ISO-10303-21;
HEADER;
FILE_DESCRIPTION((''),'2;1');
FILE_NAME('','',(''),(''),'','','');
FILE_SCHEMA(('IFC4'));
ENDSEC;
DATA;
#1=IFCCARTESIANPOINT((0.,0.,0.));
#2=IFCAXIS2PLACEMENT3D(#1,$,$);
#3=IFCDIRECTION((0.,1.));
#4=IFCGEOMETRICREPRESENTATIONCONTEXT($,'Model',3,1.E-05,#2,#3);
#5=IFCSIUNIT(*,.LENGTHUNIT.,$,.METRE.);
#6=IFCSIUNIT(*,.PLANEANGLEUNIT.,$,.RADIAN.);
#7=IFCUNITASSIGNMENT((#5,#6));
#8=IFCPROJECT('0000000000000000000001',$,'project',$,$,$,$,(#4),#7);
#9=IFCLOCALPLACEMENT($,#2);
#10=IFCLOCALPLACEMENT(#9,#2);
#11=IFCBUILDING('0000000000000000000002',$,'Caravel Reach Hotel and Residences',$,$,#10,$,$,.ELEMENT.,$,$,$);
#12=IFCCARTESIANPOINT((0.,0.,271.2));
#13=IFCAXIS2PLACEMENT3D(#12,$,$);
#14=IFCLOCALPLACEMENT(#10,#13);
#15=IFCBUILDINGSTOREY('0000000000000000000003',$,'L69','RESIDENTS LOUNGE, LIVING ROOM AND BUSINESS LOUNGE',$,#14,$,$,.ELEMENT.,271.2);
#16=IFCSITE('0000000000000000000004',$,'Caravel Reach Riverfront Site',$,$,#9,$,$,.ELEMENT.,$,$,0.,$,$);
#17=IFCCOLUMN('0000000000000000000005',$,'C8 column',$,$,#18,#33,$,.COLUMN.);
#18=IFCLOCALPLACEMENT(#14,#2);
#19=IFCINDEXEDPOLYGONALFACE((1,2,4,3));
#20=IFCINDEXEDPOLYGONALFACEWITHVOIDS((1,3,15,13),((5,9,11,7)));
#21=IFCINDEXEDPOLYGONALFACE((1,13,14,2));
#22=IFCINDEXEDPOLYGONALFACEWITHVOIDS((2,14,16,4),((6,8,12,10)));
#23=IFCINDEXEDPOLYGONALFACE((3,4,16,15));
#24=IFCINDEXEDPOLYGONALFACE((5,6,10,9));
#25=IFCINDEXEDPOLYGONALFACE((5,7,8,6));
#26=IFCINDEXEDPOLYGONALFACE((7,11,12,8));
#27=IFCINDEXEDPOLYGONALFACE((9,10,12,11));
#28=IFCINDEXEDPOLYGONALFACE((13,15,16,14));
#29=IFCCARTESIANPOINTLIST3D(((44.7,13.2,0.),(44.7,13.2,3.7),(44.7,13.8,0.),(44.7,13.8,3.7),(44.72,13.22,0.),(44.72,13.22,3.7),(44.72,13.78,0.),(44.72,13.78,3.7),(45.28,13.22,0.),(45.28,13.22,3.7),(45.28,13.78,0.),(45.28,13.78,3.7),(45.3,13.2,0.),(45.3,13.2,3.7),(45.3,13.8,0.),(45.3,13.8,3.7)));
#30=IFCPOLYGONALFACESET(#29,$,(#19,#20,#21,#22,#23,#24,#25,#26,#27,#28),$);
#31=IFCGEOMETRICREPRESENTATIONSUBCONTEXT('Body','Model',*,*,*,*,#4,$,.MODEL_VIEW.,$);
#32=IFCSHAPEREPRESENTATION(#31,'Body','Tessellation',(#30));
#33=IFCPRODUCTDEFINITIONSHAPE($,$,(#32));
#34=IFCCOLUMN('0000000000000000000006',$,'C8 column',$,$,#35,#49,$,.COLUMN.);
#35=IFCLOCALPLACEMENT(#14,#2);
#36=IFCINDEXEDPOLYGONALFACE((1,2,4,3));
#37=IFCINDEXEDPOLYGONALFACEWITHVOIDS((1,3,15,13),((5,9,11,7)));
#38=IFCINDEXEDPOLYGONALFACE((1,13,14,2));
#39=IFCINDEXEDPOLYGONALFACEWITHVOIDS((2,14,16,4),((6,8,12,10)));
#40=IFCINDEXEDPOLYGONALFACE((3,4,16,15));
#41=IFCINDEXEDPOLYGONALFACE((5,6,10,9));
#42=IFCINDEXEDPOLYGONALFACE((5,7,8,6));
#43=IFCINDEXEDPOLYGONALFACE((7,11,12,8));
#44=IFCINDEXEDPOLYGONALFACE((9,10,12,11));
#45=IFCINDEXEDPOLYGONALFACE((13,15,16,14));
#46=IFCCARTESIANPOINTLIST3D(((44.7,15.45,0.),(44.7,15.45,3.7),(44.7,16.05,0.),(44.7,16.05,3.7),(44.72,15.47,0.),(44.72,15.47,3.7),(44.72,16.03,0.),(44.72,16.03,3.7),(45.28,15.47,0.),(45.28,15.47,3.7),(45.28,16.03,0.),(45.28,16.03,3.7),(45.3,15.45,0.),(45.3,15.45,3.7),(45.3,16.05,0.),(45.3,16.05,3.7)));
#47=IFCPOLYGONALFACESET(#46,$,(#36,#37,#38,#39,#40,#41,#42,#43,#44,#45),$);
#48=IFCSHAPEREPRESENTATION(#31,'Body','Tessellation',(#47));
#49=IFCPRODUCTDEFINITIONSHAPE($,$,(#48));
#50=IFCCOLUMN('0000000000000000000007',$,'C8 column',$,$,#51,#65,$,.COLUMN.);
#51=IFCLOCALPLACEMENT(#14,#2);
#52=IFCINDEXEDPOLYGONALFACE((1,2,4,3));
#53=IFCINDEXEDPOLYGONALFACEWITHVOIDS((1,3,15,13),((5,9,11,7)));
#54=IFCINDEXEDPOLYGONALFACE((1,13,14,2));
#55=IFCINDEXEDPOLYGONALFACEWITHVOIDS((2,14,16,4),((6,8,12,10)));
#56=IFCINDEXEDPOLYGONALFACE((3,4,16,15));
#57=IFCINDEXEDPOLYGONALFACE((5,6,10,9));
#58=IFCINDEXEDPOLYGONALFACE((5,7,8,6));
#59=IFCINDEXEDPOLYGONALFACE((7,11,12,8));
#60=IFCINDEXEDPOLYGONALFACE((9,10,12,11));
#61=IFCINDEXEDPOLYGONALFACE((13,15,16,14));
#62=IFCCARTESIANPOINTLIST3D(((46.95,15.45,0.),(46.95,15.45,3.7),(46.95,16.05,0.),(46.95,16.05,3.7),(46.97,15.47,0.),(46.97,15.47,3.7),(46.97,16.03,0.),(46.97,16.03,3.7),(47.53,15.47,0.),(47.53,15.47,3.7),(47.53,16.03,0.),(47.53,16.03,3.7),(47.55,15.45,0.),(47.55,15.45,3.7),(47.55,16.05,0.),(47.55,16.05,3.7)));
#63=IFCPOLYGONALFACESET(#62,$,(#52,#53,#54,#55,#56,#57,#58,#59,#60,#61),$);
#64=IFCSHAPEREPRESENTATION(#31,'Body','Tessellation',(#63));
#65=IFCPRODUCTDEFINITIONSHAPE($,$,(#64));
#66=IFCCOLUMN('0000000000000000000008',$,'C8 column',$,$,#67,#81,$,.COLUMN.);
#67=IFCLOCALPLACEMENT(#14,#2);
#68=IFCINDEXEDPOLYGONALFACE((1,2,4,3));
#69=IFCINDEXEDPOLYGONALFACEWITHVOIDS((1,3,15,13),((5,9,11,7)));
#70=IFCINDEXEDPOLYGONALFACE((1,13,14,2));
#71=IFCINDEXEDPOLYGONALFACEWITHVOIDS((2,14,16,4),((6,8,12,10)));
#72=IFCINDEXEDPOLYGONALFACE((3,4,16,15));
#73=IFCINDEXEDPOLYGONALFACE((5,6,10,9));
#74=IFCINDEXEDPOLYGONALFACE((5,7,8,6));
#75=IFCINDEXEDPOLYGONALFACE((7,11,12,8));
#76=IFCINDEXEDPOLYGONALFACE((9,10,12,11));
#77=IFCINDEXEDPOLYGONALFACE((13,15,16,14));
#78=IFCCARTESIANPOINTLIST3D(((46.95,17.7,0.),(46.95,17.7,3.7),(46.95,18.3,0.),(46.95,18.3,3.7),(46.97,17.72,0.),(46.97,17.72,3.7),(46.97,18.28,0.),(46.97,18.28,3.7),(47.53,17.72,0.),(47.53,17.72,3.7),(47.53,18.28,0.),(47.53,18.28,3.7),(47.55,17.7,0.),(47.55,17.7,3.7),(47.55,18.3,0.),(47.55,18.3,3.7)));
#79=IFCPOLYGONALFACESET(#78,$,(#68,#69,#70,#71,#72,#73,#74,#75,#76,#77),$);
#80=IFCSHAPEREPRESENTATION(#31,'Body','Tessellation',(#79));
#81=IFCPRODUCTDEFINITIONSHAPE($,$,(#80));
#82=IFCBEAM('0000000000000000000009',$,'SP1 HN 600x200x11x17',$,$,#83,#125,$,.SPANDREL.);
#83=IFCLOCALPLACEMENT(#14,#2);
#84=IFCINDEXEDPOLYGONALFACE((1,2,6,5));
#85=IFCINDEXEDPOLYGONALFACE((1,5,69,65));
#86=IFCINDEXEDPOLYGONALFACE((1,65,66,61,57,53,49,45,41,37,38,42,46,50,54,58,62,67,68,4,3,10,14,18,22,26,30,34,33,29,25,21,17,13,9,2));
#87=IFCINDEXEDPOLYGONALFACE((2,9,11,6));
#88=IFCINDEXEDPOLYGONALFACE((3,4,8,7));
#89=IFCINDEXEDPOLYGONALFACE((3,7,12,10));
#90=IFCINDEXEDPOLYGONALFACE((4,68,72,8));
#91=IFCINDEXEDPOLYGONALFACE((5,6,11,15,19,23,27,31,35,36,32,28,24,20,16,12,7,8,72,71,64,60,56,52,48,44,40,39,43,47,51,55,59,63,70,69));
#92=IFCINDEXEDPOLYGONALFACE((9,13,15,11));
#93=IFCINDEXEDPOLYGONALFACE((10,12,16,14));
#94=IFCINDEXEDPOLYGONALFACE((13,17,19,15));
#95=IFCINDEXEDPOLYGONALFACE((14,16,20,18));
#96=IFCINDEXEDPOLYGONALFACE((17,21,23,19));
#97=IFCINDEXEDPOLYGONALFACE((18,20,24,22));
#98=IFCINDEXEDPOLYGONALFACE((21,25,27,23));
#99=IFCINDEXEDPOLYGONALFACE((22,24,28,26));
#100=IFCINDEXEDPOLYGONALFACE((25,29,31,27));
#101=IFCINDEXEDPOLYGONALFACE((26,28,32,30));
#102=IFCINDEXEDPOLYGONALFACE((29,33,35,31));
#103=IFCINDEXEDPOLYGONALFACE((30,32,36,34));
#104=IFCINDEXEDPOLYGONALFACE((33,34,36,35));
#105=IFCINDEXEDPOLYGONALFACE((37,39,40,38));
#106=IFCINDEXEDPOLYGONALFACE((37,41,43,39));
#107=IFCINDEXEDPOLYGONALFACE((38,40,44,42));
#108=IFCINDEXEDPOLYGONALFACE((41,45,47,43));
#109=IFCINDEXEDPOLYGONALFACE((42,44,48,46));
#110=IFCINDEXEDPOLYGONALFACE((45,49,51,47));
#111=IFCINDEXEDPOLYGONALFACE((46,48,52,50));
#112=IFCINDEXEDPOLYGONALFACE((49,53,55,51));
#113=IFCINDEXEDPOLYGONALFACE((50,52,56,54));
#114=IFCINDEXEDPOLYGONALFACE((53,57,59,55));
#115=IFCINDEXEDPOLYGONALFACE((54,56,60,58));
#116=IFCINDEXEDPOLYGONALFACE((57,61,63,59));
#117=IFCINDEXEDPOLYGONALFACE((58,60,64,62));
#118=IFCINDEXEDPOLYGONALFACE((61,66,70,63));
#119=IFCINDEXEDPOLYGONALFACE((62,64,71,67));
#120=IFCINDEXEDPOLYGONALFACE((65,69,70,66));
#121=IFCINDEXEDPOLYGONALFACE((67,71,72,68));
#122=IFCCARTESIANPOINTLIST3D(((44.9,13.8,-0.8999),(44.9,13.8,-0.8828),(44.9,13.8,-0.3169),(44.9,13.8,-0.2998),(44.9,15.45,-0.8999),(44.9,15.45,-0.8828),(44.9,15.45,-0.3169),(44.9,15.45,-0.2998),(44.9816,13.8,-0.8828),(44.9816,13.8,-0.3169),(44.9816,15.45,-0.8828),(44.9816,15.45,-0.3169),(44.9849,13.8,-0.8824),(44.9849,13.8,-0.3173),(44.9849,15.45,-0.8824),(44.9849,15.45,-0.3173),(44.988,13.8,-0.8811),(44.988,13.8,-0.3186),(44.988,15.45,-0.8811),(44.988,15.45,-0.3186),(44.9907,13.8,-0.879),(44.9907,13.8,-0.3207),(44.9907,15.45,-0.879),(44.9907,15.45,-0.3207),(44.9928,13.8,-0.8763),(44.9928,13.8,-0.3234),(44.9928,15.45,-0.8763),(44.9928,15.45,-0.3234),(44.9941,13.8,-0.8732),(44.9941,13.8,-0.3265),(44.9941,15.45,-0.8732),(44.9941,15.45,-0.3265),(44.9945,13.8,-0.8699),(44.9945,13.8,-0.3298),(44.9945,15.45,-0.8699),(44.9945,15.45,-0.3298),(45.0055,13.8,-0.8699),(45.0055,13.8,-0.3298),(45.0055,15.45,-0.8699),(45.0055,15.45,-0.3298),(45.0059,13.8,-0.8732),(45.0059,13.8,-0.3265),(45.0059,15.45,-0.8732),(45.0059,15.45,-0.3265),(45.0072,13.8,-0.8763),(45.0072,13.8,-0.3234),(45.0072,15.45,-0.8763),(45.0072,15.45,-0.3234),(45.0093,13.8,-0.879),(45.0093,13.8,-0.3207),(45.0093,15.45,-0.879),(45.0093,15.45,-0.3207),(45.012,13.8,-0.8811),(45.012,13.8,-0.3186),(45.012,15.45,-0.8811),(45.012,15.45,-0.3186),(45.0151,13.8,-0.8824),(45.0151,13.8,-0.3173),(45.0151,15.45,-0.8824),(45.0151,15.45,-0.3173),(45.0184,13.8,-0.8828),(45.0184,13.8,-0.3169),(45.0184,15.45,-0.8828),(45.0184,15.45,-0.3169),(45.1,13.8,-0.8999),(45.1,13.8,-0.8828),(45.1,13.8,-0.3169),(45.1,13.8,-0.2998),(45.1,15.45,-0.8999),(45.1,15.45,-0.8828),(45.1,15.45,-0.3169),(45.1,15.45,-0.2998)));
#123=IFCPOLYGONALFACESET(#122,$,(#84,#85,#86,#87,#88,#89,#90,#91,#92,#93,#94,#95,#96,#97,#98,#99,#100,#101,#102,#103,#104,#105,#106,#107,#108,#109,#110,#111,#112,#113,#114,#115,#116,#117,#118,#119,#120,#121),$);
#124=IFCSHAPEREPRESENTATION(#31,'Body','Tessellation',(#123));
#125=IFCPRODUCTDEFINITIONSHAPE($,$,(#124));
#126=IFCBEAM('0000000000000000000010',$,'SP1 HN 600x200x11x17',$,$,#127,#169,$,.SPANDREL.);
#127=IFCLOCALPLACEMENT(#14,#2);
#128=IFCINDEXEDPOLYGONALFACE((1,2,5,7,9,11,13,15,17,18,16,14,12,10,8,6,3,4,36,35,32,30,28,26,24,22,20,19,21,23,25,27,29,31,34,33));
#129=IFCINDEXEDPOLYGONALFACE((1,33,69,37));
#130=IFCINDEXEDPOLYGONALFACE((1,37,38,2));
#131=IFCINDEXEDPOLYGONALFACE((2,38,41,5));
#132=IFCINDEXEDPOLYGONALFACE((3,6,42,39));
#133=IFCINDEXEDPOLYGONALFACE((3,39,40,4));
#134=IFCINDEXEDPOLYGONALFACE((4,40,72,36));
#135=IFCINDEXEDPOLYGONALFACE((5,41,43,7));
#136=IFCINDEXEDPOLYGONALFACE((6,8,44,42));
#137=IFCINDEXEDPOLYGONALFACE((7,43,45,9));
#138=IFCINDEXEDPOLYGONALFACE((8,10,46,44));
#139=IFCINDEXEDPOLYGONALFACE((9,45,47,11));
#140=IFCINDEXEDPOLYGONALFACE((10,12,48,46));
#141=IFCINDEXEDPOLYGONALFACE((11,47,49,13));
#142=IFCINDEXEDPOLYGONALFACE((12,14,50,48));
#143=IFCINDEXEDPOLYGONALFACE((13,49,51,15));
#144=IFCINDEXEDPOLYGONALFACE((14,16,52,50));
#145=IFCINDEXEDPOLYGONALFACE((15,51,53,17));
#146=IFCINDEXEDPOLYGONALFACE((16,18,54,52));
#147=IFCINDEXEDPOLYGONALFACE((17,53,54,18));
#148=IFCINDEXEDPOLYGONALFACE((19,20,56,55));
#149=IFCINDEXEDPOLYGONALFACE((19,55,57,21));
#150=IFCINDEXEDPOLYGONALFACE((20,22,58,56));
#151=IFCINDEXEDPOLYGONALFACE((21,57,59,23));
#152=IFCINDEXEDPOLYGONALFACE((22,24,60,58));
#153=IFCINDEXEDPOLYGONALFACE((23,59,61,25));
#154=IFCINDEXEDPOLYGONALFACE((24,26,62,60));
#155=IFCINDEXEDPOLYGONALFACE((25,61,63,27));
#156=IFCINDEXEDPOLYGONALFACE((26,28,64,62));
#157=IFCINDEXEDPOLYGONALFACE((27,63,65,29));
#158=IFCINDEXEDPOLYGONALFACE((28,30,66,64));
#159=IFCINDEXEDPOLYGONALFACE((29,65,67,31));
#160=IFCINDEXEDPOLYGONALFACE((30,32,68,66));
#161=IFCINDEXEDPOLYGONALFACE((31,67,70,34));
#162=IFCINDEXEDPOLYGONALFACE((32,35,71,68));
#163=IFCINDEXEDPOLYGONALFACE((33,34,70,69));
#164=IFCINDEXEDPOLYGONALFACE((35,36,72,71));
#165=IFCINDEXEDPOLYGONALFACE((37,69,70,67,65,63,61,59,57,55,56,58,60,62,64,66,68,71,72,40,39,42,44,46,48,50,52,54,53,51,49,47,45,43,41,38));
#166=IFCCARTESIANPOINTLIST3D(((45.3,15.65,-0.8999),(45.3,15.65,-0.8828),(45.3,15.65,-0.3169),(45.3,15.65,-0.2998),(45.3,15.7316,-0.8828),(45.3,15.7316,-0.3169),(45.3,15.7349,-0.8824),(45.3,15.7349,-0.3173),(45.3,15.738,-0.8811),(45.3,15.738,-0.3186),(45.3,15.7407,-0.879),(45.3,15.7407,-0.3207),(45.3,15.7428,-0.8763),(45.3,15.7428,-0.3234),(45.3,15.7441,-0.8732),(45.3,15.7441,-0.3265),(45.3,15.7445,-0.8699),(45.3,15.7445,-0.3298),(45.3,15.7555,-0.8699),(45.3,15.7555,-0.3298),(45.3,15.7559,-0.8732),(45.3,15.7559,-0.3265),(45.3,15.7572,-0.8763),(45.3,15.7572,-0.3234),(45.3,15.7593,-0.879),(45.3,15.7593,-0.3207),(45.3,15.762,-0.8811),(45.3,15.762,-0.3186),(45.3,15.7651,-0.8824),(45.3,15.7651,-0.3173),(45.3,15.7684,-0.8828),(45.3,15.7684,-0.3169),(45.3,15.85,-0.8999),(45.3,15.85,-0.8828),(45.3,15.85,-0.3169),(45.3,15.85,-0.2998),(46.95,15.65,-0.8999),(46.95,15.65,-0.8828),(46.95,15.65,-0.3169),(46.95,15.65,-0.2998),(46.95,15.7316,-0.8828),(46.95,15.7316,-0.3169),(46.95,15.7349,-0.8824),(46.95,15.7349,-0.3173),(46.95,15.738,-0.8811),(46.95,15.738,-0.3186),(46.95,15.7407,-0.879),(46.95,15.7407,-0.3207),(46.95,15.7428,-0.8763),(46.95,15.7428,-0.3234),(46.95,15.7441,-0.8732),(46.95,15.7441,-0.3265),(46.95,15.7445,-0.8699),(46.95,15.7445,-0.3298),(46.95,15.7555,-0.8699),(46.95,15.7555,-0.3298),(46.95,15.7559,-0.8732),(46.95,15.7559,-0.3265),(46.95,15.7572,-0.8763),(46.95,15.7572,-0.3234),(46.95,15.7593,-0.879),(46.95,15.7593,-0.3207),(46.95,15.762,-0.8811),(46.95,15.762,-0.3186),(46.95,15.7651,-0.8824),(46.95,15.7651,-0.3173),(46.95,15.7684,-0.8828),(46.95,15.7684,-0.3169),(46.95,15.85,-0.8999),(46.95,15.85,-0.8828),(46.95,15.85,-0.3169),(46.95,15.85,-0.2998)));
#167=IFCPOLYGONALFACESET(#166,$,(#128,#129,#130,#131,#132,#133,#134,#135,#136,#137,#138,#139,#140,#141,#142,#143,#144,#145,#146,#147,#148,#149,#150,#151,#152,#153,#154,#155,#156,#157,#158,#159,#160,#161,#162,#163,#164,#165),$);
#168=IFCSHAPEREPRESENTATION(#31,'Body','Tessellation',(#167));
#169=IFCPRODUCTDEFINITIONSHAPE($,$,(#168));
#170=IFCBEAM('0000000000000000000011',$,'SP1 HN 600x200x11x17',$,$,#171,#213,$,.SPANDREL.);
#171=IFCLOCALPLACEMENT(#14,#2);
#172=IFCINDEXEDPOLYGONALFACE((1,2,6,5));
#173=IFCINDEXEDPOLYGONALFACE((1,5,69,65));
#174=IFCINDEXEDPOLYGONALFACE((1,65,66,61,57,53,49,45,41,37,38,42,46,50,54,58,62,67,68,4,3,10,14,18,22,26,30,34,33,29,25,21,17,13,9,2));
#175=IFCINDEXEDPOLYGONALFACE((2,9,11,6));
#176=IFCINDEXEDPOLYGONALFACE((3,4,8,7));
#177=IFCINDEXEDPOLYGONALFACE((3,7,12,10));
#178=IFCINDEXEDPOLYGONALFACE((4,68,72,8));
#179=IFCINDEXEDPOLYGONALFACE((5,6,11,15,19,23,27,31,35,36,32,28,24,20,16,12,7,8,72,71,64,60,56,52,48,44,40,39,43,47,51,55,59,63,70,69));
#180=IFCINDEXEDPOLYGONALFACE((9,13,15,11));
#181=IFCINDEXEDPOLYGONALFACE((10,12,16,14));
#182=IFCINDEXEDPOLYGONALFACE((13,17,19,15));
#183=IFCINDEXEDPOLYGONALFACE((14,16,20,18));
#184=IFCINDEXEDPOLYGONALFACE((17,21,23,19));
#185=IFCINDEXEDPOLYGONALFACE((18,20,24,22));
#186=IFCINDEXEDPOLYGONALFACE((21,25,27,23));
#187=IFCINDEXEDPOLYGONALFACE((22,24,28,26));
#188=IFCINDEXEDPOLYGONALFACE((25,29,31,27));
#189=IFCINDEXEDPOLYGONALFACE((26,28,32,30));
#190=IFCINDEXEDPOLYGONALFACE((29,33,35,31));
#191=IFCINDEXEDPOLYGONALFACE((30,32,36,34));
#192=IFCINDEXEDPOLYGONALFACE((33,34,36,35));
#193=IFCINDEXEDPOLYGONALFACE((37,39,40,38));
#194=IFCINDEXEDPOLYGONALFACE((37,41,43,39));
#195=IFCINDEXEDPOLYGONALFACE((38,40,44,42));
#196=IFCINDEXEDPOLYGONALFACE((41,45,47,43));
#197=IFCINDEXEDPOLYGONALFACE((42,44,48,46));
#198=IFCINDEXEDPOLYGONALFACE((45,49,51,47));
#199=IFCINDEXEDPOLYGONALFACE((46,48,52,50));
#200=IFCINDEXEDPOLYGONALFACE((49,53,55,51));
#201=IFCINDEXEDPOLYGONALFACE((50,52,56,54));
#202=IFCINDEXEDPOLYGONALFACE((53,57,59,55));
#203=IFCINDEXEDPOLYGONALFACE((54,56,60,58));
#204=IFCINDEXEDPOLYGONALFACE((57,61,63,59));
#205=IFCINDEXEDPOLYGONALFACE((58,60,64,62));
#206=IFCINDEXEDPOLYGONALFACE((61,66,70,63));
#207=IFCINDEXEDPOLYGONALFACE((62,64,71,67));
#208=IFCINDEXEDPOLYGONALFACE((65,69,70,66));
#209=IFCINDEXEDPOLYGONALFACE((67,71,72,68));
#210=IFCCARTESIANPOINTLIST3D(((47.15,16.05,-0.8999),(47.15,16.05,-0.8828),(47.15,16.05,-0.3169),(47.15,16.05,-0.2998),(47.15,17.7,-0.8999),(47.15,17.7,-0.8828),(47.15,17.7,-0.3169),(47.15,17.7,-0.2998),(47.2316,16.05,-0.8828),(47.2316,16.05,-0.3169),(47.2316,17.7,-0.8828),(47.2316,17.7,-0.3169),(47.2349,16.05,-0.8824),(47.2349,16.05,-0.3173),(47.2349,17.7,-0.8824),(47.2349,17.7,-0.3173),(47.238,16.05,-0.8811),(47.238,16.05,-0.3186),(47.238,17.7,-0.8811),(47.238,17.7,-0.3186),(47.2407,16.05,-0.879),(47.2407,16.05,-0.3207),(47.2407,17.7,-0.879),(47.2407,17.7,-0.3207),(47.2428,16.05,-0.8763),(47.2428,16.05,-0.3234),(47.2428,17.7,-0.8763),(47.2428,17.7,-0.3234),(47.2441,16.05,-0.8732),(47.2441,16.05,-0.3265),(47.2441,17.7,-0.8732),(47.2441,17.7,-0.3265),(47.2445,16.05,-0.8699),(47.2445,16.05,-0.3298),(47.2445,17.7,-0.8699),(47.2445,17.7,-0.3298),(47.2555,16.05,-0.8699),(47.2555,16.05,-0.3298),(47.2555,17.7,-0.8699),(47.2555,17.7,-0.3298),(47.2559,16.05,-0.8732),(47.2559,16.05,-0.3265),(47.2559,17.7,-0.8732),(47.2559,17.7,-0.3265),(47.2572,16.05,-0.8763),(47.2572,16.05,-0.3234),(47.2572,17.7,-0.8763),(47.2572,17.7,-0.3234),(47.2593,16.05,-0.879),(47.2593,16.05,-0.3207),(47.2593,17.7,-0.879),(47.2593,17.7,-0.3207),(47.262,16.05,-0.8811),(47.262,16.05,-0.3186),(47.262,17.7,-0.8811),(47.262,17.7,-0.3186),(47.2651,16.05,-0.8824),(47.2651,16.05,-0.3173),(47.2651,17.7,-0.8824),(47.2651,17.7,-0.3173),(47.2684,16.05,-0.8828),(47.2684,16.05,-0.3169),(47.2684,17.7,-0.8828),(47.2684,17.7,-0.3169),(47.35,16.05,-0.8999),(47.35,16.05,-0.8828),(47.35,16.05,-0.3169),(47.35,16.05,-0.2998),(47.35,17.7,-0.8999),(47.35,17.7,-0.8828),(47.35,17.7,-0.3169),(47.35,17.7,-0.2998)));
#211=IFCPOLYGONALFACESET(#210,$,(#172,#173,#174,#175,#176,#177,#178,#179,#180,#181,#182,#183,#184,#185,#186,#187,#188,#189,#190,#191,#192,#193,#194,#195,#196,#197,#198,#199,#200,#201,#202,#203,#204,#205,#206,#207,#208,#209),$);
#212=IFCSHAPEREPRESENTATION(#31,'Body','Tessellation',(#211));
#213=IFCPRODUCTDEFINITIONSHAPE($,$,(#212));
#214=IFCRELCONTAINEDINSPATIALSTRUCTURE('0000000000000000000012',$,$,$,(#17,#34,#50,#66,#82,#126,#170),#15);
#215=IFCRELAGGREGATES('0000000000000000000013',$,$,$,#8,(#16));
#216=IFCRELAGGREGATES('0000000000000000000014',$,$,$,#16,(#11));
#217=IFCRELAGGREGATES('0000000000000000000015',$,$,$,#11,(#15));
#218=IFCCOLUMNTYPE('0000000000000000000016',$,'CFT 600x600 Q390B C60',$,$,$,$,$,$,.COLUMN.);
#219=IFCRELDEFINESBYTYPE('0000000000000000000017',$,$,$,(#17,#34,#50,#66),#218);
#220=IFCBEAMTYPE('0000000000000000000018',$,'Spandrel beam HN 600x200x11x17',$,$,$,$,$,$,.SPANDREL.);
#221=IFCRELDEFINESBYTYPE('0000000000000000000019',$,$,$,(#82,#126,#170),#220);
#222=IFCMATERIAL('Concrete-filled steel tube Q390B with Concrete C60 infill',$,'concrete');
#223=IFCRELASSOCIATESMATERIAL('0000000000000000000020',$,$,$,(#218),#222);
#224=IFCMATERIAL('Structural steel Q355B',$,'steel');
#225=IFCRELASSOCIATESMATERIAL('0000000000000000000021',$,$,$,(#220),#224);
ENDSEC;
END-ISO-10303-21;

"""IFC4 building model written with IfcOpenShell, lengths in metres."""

from ifc_helpers import new_model, si_unit, direction, frame, origin, origin_2d, place, context, subcontext, project, spatial, hollow_rectangle, i_section, extrude, material, material_profile, profile_set, type_object, element, save


model = new_model("IFC4")

# Units and contexts
model_context = context("Model", 3, precision=1e-05, world=origin(), true_north=direction((0.0, 1.0)))
body_context = subcontext(model_context, "Body", "Model", "MODEL_VIEW")
ifc_project = project(units=[si_unit("LENGTHUNIT", "METRE"), si_unit("PLANEANGLEUNIT", "RADIAN")], contexts=[model_context])

# Site, building, storey
site_placement = place(None, origin())
site = spatial("IfcSite", under=ifc_project, at=site_placement, Name="Caravel Reach Riverfront Site", CompositionType="ELEMENT", RefElevation=0.0)
building_placement = place(site_placement, origin())
building = spatial("IfcBuilding", under=site, at=building_placement, Name="Caravel Reach Hotel and Residences", CompositionType="ELEMENT")
storey_placement = place(building_placement, frame((0.0, 0.0, 271.2)))
storey = spatial("IfcBuildingStorey", under=building, at=storey_placement, Name="L69", Description="RESIDENTS LOUNGE, LIVING ROOM AND BUSINESS LOUNGE", CompositionType="ELEMENT", Elevation=271.2)

# Columns
ifc_material_1 = material(Name="Concrete-filled steel tube Q390B with Concrete C60 infill", Category="concrete")
ifc_material_profile_1 = material_profile(ifc_material_1, hollow_rectangle(XDim=0.6001, YDim=0.6001, WallThickness=0.02, at=origin_2d()), Name="RHS 600x600x20")
ifc_profile_set_1 = profile_set([ifc_material_profile_1], Name="Concrete-filled steel tube Q390B with Concrete C60 infill")
column_type = type_object("IfcColumnType", Name="CFT 600x600 Q390B C60", PredefinedType="COLUMN", material=ifc_profile_set_1)
for number, where, z_axis, x_axis, name in (
    (1, (45.0, 13.5, 0.0), (0.0, 0.0, 1.0), (1.0, 0.0, 0.0), "C8 column"),
    (2, (45.0, 15.75, 0.0), (0.0, 0.0, 1.0), (1.0, 0.0, 0.0), "C8 column"),
    (3, (47.25, 15.75, 0.0), (0.0, 0.0, 1.0), (1.0, 0.0, 0.0), "C8 column"),
    (4, (47.25, 18.0, 0.0), (0.0, 0.0, 1.0), (1.0, 0.0, 0.0), "C8 column"),
):
    element("IfcColumn", number, at=place(storey_placement, frame(where, z_axis=z_axis, x_axis=x_axis)), inside=storey, type_object=column_type, Name=name, PredefinedType="COLUMN", context=body_context, shape_type="SweptSolid", body=[
        extrude(hollow_rectangle(XDim=0.6001, YDim=0.6001, WallThickness=0.02, at=origin_2d()), origin(), (0.0, 0.0, 1.0), 3.7),
    ])

# Beams
ifc_material_2 = material(Name="Structural steel Q355B", Category="steel")
ifc_material_profile_2 = material_profile(ifc_material_2, i_section(OverallWidth=0.2, OverallDepth=0.6001, WebThickness=0.011, FlangeThickness=0.0171, FilletRadius=0.0129, at=origin_2d()), Name="HN 600x200x11x17")
ifc_profile_set_2 = profile_set([ifc_material_profile_2], Name="Structural steel Q355B")
beam_type = type_object("IfcBeamType", Name="Spandrel beam HN 600x200x11x17", PredefinedType="SPANDREL", material=ifc_profile_set_2)
for number, where, z_axis, x_axis, name in (
    (5, (45.0, 13.8, -0.5999), (0.0, 1.0, 0.0), (-1.0, 0.0, 0.0), "SP1 HN 600x200x11x17"),
    (6, (45.3, 15.75, -0.5999), (1.0, 0.0, 0.0), (0.0, 1.0, 0.0), "SP1 HN 600x200x11x17"),
    (7, (47.25, 16.05, -0.5999), (0.0, 1.0, 0.0), (-1.0, 0.0, 0.0), "SP1 HN 600x200x11x17"),
):
    element("IfcBeam", number, at=place(storey_placement, frame(where, z_axis=z_axis, x_axis=x_axis)), inside=storey, type_object=beam_type, Name=name, PredefinedType="SPANDREL", context=body_context, shape_type="SweptSolid", body=[
        extrude(i_section(OverallWidth=0.2, OverallDepth=0.6001, WebThickness=0.011, FlangeThickness=0.0171, FilletRadius=0.0129, at=origin_2d()), origin(), (0.0, 0.0, 1.0), 1.6499),
    ])

save(model, "model.ifc")
